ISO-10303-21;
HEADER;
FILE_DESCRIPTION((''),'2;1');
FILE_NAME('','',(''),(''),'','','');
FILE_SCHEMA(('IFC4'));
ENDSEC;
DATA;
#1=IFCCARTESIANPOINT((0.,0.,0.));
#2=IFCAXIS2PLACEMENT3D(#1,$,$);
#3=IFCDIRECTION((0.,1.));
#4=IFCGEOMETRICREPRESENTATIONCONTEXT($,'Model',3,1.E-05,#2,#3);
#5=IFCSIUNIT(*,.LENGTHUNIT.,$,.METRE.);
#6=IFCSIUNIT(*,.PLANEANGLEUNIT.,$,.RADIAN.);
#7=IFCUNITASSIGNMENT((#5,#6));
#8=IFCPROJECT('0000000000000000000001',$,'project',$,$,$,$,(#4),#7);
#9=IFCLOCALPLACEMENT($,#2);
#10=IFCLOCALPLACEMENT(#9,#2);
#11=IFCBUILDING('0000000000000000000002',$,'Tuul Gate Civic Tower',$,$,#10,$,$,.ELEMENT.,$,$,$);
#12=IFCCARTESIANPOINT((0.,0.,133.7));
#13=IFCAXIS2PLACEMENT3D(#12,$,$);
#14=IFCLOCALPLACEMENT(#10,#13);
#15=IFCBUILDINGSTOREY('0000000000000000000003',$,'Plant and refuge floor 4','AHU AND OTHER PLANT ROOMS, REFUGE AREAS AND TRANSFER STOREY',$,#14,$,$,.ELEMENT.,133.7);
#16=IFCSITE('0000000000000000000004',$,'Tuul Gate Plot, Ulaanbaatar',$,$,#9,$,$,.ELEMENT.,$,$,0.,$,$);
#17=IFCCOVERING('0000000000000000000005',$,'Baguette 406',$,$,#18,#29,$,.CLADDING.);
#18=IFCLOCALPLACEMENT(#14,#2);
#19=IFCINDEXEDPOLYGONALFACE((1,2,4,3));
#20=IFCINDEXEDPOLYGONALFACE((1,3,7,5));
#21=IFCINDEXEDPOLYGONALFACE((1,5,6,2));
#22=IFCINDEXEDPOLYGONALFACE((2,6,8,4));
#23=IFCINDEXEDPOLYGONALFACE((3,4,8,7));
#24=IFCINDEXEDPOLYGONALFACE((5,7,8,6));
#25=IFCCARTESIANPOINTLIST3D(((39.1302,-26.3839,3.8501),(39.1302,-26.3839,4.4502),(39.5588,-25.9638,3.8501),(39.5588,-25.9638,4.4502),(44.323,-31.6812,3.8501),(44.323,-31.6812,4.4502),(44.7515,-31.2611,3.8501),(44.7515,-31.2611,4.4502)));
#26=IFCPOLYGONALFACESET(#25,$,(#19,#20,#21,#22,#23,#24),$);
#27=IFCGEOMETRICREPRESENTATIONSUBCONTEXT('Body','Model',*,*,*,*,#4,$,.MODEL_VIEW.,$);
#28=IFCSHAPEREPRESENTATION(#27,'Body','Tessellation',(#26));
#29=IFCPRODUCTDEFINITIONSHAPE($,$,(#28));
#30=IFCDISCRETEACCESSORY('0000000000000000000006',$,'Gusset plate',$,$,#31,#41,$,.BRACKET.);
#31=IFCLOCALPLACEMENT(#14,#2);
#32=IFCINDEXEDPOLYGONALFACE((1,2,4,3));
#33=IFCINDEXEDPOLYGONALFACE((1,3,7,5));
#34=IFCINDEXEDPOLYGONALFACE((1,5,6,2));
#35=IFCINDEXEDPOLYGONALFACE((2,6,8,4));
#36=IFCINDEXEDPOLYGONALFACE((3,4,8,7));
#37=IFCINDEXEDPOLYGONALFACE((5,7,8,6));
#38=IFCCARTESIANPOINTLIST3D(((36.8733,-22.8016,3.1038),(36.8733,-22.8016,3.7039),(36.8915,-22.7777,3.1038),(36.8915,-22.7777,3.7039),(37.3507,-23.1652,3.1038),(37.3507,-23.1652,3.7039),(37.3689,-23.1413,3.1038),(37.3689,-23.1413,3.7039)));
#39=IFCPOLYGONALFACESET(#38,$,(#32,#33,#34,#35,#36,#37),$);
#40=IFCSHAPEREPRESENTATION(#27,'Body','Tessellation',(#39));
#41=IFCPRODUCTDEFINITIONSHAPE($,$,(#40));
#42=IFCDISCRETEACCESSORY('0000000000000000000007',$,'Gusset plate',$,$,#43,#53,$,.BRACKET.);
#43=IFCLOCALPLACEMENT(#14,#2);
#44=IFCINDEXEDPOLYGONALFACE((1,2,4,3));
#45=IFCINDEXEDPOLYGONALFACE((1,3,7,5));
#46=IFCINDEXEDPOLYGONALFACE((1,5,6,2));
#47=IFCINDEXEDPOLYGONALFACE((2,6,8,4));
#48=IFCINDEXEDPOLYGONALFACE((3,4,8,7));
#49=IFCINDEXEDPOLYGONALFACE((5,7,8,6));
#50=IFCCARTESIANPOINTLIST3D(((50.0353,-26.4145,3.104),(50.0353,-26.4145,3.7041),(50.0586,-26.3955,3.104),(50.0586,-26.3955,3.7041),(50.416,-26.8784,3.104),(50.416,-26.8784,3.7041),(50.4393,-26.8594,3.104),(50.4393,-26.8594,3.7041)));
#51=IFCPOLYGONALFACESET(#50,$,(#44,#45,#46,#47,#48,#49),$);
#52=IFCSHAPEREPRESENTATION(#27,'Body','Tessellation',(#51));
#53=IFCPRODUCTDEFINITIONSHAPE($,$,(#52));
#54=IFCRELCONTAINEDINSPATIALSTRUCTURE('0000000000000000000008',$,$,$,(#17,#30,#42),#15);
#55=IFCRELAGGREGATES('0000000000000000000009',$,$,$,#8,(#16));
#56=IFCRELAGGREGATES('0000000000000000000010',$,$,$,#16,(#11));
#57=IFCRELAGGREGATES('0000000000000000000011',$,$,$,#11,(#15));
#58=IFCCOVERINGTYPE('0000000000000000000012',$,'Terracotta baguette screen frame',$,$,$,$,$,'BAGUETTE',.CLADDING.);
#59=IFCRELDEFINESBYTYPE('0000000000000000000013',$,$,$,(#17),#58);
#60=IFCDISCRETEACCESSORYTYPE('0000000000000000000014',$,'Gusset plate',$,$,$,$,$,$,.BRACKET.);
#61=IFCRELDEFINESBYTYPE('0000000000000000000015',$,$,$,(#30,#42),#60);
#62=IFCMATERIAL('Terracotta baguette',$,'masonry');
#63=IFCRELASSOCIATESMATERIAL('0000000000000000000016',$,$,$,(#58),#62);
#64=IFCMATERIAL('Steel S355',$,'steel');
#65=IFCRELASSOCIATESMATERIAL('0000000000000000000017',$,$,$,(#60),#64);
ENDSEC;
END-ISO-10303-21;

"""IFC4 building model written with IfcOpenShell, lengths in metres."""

from ifc_helpers import new_model, si_unit, direction, frame, origin, origin_2d, place, context, subcontext, project, spatial, rectangle, extrude, material, material_profile, profile_set, type_object, element, save


model = new_model("IFC4")

# Units and contexts
model_context = context("Model", 3, precision=1e-05, world=origin(), true_north=direction((0.0, 1.0)))
body_context = subcontext(model_context, "Body", "Model", "MODEL_VIEW")
ifc_project = project(units=[si_unit("LENGTHUNIT", "METRE"), si_unit("PLANEANGLEUNIT", "RADIAN")], contexts=[model_context])

# Site, building, storey
site_placement = place(None, origin())
site = spatial("IfcSite", under=ifc_project, at=site_placement, Name="Tuul Gate Plot, Ulaanbaatar", CompositionType="ELEMENT", RefElevation=0.0)
building_placement = place(site_placement, origin())
building = spatial("IfcBuilding", under=site, at=building_placement, Name="Tuul Gate Civic Tower", CompositionType="ELEMENT")
storey_placement = place(building_placement, frame((0.0, 0.0, 133.7)))
storey = spatial("IfcBuildingStorey", under=building, at=storey_placement, Name="Plant and refuge floor 4", Description="AHU AND OTHER PLANT ROOMS, REFUGE AREAS AND TRANSFER STOREY", CompositionType="ELEMENT", Elevation=133.7)

# Covering
ifc_material_1 = material(Name="Terracotta baguette", Category="masonry")
ifc_material_profile_1 = material_profile(ifc_material_1, rectangle(XDim=0.6001, YDim=0.6001, at=origin_2d()), Name="Terracotta baguette screen frame")
ifc_profile_set_1 = profile_set([ifc_material_profile_1], Name="Terracotta baguette")
covering_type = type_object("IfcCoveringType", Name="Terracotta baguette screen frame", ElementType="BAGUETTE", PredefinedType="CLADDING", material=ifc_profile_set_1)
covering_1_placement = place(storey_placement, frame((39.3445, -26.1738, 4.1501), z_axis=(0.700029, -0.714115, 0.0), x_axis=(0.714115, 0.700029, 0.0)))
element("IfcCovering", 1, at=covering_1_placement, inside=storey, type_object=covering_type, Name="Baguette 406", PredefinedType="CLADDING", context=body_context, shape_type="SweptSolid", body=[
    extrude(rectangle(XDim=0.6001, YDim=0.6001, at=origin_2d()), origin(), (0.0, 0.0, 1.0), 7.418),
])

# Discrete accessories
ifc_material_2 = material(Name="Steel S355", Category="steel")
discrete_accessory_type = type_object("IfcDiscreteAccessoryType", Name="Gusset plate", PredefinedType="BRACKET", material=ifc_material_2)
for number, where, z_axis, x_axis, name in (
    (2, (37.1211, -22.9714, 3.1038), (0.0, 0.0, 1.0), (-0.795616, 0.605801, 0.0), "Gusset plate"),
    (3, (50.2373, -26.637, 3.104), (0.0, 0.0, 1.0), (-0.6344, 0.773005, 0.0), "Gusset plate"),
):
    element("IfcDiscreteAccessory", number, at=place(storey_placement, frame(where, z_axis=z_axis, x_axis=x_axis)), inside=storey, type_object=discrete_accessory_type, Name=name, PredefinedType="BRACKET", context=body_context, shape_type="SweptSolid", body=[
        extrude(rectangle(XDim=0.6001, YDim=0.03, at=origin_2d()), origin(), (0.0, 0.0, 1.0), 0.6001),
    ])

save(model, "model.ifc")
